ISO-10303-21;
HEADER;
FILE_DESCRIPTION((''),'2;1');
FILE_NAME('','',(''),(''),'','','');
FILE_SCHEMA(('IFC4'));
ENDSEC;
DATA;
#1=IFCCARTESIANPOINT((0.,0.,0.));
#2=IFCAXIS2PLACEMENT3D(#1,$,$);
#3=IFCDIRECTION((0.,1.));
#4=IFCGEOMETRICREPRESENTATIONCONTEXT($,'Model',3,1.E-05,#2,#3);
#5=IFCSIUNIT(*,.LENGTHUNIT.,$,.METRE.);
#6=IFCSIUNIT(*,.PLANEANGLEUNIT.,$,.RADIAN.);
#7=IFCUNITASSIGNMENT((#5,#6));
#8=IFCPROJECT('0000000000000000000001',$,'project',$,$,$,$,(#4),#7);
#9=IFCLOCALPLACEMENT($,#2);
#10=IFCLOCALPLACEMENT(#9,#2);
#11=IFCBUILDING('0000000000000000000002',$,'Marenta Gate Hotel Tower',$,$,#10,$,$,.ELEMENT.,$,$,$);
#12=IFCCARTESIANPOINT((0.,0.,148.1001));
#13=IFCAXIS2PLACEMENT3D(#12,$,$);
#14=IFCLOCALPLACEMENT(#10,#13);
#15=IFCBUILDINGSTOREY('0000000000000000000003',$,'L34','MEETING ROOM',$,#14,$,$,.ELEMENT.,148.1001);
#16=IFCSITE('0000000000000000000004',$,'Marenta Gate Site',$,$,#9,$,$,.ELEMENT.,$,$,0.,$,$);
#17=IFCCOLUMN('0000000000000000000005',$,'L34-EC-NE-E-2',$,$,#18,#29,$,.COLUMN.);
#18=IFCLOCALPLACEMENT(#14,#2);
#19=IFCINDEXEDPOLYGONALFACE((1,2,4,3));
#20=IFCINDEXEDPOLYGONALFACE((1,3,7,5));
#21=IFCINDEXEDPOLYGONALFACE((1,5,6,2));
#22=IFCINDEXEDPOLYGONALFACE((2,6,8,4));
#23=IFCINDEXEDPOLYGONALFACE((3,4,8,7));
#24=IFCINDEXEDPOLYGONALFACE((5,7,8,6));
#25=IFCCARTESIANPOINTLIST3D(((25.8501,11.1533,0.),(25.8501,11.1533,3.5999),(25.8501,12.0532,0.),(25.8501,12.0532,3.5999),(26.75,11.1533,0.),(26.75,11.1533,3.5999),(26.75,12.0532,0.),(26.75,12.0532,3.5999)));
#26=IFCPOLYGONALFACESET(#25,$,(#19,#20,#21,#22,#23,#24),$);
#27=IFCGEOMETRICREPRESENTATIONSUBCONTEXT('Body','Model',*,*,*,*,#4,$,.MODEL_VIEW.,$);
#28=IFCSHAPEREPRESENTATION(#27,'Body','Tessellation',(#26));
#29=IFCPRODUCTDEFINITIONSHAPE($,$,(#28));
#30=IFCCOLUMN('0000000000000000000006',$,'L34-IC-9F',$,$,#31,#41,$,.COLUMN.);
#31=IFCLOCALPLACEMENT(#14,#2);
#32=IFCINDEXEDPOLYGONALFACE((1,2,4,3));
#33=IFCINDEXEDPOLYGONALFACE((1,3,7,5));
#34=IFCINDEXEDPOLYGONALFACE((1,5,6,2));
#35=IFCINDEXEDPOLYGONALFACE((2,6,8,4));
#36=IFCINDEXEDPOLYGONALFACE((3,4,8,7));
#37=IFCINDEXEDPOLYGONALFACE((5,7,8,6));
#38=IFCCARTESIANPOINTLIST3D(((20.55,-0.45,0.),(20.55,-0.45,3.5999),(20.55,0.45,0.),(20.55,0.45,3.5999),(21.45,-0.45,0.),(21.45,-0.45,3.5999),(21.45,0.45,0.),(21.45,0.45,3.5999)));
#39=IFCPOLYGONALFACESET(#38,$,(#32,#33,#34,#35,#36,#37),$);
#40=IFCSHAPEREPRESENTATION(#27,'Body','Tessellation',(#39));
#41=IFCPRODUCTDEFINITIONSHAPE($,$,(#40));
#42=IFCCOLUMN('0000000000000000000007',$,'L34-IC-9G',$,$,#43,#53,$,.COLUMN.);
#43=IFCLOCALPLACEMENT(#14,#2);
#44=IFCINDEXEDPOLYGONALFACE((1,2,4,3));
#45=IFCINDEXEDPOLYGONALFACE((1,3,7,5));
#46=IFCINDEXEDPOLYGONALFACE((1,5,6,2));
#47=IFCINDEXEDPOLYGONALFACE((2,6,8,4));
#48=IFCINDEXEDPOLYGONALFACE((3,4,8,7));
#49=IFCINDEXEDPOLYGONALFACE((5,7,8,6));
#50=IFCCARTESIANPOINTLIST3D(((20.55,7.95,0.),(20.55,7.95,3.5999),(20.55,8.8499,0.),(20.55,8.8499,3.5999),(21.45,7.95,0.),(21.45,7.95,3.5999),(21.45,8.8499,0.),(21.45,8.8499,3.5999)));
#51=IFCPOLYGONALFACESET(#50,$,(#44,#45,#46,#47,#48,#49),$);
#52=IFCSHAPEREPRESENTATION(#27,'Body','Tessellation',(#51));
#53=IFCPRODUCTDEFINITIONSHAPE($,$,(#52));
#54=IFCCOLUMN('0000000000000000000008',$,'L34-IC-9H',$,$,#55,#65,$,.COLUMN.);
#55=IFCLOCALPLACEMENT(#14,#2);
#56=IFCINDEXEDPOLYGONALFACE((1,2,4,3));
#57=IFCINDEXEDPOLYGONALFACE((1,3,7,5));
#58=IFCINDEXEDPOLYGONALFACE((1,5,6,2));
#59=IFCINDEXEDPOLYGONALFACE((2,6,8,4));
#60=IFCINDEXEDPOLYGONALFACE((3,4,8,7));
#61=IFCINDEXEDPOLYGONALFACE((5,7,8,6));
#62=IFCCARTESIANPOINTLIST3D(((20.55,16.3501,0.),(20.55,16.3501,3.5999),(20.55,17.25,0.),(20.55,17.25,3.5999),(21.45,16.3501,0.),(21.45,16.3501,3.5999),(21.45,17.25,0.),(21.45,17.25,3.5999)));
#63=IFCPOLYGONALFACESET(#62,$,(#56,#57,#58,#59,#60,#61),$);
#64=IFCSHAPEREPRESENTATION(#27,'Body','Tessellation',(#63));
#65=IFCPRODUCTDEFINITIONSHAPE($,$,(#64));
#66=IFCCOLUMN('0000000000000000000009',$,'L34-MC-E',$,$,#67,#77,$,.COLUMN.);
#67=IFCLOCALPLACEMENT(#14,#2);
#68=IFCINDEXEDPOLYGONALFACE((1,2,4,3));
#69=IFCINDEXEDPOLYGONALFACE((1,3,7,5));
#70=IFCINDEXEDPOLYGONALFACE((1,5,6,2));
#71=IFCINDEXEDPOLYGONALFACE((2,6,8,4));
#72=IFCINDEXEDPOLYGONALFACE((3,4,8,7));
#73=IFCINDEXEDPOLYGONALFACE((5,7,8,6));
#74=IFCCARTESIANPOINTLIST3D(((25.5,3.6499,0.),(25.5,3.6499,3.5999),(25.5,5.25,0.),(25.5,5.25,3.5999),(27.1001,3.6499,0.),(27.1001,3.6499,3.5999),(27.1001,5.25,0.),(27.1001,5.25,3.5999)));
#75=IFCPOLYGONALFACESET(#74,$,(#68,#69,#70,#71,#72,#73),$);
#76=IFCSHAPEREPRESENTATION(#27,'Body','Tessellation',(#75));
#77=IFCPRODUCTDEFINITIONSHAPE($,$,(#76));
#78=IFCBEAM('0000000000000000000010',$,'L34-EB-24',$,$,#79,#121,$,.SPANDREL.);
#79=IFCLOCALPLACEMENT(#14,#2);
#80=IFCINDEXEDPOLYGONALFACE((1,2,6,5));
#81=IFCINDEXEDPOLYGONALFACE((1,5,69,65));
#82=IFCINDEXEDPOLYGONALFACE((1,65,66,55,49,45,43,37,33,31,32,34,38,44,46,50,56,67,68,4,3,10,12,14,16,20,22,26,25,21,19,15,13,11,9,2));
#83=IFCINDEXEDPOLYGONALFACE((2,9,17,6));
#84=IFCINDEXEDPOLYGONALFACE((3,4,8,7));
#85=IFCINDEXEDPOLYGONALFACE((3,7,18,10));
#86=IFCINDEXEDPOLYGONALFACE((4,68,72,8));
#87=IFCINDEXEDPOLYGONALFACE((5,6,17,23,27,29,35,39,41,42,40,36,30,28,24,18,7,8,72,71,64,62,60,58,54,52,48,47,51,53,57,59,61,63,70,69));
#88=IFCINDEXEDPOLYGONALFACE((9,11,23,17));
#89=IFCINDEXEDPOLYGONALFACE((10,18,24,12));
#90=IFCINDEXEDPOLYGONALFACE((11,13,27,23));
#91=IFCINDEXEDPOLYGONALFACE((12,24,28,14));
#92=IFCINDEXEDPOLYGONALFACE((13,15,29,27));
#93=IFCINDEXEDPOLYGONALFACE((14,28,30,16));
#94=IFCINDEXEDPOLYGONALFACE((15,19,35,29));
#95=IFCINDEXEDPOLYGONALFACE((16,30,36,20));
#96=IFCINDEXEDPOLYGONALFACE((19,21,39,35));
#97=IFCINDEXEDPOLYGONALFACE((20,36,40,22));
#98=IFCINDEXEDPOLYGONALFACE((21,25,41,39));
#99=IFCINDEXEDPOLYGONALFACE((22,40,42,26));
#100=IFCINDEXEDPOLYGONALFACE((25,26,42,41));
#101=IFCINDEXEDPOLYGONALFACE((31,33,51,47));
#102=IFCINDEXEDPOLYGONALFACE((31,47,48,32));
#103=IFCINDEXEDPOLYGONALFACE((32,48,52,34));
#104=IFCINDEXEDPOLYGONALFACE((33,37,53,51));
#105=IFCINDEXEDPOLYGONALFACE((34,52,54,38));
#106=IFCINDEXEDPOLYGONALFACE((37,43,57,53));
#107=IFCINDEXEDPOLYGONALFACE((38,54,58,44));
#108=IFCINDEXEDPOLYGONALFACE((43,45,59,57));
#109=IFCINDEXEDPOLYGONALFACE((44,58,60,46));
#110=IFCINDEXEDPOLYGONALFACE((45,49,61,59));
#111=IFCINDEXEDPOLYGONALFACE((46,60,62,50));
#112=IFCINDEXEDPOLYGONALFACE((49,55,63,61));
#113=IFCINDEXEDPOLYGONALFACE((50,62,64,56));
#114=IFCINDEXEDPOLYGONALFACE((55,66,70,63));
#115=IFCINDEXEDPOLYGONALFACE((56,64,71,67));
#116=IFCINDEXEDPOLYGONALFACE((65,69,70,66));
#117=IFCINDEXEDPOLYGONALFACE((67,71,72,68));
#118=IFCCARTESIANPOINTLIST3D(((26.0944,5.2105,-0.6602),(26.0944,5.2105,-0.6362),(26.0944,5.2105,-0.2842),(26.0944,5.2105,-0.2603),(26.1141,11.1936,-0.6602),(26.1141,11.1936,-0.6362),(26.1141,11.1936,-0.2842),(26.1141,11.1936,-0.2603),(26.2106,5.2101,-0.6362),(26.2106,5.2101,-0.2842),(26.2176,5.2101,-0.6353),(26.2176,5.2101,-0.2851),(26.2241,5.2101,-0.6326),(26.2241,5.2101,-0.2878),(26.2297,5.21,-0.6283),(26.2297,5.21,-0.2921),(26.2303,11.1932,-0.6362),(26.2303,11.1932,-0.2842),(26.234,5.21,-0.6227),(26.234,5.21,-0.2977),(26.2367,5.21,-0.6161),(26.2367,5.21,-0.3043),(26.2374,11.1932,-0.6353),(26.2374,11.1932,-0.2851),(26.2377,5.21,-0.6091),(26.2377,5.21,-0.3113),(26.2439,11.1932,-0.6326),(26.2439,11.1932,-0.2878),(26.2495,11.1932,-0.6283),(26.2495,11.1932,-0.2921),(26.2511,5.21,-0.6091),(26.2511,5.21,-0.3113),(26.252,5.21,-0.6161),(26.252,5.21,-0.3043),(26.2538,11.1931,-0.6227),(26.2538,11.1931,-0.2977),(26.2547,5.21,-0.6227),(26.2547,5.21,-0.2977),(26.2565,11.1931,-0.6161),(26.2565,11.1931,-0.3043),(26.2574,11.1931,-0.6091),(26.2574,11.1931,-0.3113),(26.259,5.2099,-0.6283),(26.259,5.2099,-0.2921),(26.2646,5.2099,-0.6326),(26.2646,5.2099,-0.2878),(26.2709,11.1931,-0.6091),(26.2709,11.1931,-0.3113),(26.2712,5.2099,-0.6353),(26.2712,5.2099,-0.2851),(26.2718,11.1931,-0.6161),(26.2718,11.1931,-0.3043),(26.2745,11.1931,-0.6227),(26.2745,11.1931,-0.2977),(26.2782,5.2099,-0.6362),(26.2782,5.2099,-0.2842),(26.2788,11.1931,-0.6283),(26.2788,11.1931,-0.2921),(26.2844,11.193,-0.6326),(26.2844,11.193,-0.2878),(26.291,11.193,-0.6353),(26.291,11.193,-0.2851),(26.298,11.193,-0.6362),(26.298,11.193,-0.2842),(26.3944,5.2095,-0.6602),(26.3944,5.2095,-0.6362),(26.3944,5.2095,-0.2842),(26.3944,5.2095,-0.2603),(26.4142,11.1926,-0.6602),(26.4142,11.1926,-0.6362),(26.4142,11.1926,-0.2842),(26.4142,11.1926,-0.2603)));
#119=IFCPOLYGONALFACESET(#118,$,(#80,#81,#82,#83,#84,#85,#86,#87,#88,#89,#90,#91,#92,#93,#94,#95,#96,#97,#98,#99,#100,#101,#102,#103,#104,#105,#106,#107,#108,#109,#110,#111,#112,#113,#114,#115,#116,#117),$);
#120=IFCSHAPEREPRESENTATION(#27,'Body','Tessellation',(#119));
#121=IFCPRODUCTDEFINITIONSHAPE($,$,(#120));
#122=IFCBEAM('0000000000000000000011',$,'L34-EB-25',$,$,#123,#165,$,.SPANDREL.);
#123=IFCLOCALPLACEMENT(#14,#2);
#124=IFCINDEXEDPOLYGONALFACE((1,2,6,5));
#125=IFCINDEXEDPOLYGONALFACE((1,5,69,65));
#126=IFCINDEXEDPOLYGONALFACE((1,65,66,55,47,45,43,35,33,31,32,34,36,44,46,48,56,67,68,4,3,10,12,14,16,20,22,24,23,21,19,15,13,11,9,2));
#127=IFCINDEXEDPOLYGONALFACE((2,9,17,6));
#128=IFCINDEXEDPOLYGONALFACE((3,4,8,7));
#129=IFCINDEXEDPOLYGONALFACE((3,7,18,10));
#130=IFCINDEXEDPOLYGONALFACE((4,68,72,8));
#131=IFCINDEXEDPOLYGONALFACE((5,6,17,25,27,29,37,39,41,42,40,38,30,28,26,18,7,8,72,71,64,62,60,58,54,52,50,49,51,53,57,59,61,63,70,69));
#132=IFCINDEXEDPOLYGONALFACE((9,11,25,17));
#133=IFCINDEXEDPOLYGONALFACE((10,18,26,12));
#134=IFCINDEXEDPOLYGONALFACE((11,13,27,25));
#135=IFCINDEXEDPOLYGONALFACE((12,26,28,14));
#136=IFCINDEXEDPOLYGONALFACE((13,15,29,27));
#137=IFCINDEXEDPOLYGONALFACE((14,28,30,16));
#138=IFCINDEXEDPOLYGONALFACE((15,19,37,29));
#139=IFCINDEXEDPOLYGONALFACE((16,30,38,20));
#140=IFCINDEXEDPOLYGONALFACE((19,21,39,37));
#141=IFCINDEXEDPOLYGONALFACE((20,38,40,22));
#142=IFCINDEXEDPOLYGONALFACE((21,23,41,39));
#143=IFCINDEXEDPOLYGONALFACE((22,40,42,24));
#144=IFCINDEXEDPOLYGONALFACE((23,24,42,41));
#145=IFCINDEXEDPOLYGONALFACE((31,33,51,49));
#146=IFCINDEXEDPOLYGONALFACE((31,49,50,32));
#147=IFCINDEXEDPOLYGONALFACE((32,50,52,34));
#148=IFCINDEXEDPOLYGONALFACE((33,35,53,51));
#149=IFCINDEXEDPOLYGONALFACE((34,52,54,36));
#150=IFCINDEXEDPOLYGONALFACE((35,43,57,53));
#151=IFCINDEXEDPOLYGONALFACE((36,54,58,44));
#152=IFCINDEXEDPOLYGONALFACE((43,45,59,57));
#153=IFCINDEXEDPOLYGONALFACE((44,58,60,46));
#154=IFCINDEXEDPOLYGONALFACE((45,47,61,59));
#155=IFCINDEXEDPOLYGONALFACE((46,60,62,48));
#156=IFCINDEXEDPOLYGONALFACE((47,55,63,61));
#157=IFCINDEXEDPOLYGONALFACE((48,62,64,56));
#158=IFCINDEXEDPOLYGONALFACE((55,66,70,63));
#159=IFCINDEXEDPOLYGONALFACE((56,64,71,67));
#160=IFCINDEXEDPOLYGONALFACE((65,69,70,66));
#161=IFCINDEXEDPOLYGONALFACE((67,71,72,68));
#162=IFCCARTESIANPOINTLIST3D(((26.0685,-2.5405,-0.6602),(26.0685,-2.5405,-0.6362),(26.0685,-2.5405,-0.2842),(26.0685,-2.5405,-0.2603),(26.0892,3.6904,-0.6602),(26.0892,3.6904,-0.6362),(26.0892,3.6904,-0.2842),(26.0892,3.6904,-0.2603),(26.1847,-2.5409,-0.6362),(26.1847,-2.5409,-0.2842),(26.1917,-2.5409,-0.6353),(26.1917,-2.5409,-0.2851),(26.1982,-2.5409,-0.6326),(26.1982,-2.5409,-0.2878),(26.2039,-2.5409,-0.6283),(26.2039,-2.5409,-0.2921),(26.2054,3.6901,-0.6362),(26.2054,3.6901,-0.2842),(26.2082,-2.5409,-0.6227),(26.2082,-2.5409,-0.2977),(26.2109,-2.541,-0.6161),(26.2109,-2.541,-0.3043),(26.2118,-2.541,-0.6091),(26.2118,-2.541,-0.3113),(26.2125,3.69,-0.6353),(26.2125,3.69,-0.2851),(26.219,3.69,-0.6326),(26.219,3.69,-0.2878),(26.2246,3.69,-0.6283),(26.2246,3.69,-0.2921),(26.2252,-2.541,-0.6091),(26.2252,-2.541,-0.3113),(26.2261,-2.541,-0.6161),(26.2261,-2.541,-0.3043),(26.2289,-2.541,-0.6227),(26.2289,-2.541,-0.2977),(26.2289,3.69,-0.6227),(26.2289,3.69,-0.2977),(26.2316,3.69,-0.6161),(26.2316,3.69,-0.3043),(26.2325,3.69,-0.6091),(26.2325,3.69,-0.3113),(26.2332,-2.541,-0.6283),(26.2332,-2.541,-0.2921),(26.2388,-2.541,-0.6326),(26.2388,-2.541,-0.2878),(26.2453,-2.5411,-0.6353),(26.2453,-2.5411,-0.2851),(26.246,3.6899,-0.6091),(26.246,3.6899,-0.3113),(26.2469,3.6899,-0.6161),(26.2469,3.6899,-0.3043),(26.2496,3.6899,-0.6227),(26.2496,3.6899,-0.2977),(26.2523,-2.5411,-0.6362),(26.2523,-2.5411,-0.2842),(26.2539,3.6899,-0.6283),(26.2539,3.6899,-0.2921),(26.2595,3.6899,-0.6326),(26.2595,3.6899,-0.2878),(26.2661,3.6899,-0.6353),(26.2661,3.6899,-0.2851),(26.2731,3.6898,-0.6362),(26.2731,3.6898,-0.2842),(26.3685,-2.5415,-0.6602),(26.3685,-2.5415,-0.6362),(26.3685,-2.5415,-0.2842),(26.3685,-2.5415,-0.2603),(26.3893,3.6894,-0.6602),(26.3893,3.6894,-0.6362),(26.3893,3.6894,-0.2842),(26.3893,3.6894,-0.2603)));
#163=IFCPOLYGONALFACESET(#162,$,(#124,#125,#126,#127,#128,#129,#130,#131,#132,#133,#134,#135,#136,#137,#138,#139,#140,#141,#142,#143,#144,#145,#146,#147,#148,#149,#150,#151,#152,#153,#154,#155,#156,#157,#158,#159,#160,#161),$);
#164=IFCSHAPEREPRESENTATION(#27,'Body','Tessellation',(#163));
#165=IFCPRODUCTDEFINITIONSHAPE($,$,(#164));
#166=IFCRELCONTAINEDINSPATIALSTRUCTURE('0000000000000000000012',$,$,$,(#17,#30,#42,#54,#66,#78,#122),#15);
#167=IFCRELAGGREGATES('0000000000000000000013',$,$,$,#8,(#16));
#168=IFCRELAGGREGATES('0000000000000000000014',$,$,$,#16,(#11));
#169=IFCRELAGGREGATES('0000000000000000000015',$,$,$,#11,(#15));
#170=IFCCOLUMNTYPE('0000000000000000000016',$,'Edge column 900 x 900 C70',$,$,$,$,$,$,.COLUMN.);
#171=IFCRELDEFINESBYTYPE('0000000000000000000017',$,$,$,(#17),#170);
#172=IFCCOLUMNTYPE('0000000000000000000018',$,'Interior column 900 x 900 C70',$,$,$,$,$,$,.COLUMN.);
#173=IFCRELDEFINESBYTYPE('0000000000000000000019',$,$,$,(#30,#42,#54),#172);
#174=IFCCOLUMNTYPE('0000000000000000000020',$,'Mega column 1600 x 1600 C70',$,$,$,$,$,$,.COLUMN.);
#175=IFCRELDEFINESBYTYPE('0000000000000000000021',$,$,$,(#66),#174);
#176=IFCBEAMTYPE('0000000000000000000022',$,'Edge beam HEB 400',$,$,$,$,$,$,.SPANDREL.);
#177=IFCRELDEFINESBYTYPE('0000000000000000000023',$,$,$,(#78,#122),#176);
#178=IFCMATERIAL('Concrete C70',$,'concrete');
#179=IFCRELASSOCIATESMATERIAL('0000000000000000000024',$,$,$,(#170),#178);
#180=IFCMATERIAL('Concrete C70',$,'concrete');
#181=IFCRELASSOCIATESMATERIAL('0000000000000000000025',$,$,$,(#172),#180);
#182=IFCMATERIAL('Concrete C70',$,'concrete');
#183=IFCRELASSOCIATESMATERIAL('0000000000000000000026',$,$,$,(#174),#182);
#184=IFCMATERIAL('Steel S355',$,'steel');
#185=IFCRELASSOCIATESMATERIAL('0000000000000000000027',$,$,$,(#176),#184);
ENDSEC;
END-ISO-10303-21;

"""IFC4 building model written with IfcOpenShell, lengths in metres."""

from ifc_helpers import new_model, si_unit, direction, frame, origin, origin_2d, place, context, subcontext, project, spatial, rectangle, i_section, extrude, material, material_profile, profile_set, type_object, element, save


model = new_model("IFC4")

# Units and contexts
model_context = context("Model", 3, precision=1e-05, world=origin(), true_north=direction((0.0, 1.0)))
body_context = subcontext(model_context, "Body", "Model", "MODEL_VIEW")
ifc_project = project(units=[si_unit("LENGTHUNIT", "METRE"), si_unit("PLANEANGLEUNIT", "RADIAN")], contexts=[model_context])

# Site, building, storey
site_placement = place(None, origin())
site = spatial("IfcSite", under=ifc_project, at=site_placement, Name="Marenta Gate Site", CompositionType="ELEMENT", RefElevation=0.0)
building_placement = place(site_placement, origin())
building = spatial("IfcBuilding", under=site, at=building_placement, Name="Marenta Gate Hotel Tower", CompositionType="ELEMENT")
storey_placement = place(building_placement, frame((0.0, 0.0, 148.1001)))
storey = spatial("IfcBuildingStorey", under=building, at=storey_placement, Name="L34", Description="MEETING ROOM", CompositionType="ELEMENT", Elevation=148.1001)

# Columns
ifc_material_1 = material(Name="Concrete C70", Category="concrete")
ifc_material_profile_1 = material_profile(ifc_material_1, rectangle(XDim=0.8999, YDim=0.8999, at=origin_2d()), Name="900 x 900")
ifc_profile_set_1 = profile_set([ifc_material_profile_1], Name="Concrete C70")
column_type_1 = type_object("IfcColumnType", Name="Edge column 900 x 900 C70", PredefinedType="COLUMN", material=ifc_profile_set_1)
column_1_placement = place(storey_placement, frame((26.3, 11.6033, 0.0), z_axis=(0.0, 0.0, 1.0), x_axis=(1.0, 0.0, 0.0)))
element("IfcColumn", 1, at=column_1_placement, inside=storey, type_object=column_type_1, Name="L34-EC-NE-E-2", PredefinedType="COLUMN", context=body_context, shape_type="SweptSolid", body=[
    extrude(rectangle(XDim=0.8999, YDim=0.8999, at=origin_2d()), origin(), (0.0, 0.0, 1.0), 3.5999),
])
ifc_material_2 = material(Name="Concrete C70", Category="concrete")
ifc_material_profile_2 = material_profile(ifc_material_2, rectangle(XDim=0.8999, YDim=0.8999, at=origin_2d()), Name="900 x 900")
ifc_profile_set_2 = profile_set([ifc_material_profile_2], Name="Concrete C70")
column_type_2 = type_object("IfcColumnType", Name="Interior column 900 x 900 C70", PredefinedType="COLUMN", material=ifc_profile_set_2)
for number, where, z_axis, x_axis, name in (
    (2, (21.0, 0.0, 0.0), (0.0, 0.0, 1.0), (1.0, 0.0, 0.0), "L34-IC-9F"),
    (3, (21.0, 8.3999, 0.0), (0.0, 0.0, 1.0), (1.0, 0.0, 0.0), "L34-IC-9G"),
    (4, (21.0, 16.8, 0.0), (0.0, 0.0, 1.0), (1.0, 0.0, 0.0), "L34-IC-9H"),
):
    element("IfcColumn", number, at=place(storey_placement, frame(where, z_axis=z_axis, x_axis=x_axis)), inside=storey, type_object=column_type_2, Name=name, PredefinedType="COLUMN", context=body_context, shape_type="SweptSolid", body=[
        extrude(rectangle(XDim=0.8999, YDim=0.8999, at=origin_2d()), origin(), (0.0, 0.0, 1.0), 3.5999),
    ])
ifc_material_3 = material(Name="Concrete C70", Category="concrete")
ifc_material_profile_3 = material_profile(ifc_material_3, rectangle(XDim=1.6001, YDim=1.6001, at=origin_2d()), Name="1600 x 1600")
ifc_profile_set_3 = profile_set([ifc_material_profile_3], Name="Concrete C70")
column_type_3 = type_object("IfcColumnType", Name="Mega column 1600 x 1600 C70", PredefinedType="COLUMN", material=ifc_profile_set_3)
column_2_placement = place(storey_placement, frame((26.3, 4.45, 0.0), z_axis=(0.0, 0.0, 1.0), x_axis=(1.0, 0.0, 0.0)))
element("IfcColumn", 5, at=column_2_placement, inside=storey, type_object=column_type_3, Name="L34-MC-E", PredefinedType="COLUMN", context=body_context, shape_type="SweptSolid", body=[
    extrude(rectangle(XDim=1.6001, YDim=1.6001, at=origin_2d()), origin(), (0.0, 0.0, 1.0), 3.5999),
])

# Beams
ifc_material_4 = material(Name="Steel S355", Category="steel")
ifc_material_profile_4 = material_profile(ifc_material_4, i_section(OverallWidth=0.3, OverallDepth=0.3999, WebThickness=0.0134, FlangeThickness=0.0239, FilletRadius=0.0271, at=origin_2d()), Name="HEB 400")
ifc_profile_set_4 = profile_set([ifc_material_profile_4], Name="Steel S355")
beam_type_1 = type_object("IfcBeamType", Name="Edge beam HEB 400", PredefinedType="SPANDREL", material=ifc_profile_set_4)
beam_1_placement = place(storey_placement, frame((26.2642, 11.1931, -0.4602), z_axis=(-0.003305, -0.999995, 0.0), x_axis=(0.999995, -0.003305, 0.0)))
element("IfcBeam", 6, at=beam_1_placement, inside=storey, type_object=beam_type_1, Name="L34-EB-24", PredefinedType="SPANDREL", context=body_context, shape_type="SweptSolid", body=[
    extrude(i_section(OverallWidth=0.3, OverallDepth=0.3999, WebThickness=0.0134, FlangeThickness=0.0239, FilletRadius=0.0271, at=origin_2d()), origin(), (0.0, 0.0, 1.0), 5.9832),
])
beam_2_placement = place(storey_placement, frame((26.2393, 3.6899, -0.4602), z_axis=(-0.00333, -0.999994, 0.0), x_axis=(0.999994, -0.00333, 0.0)))
element("IfcBeam", 7, at=beam_2_placement, inside=storey, type_object=beam_type_1, Name="L34-EB-25", PredefinedType="SPANDREL", context=body_context, shape_type="SweptSolid", body=[
    extrude(i_section(OverallWidth=0.3, OverallDepth=0.3999, WebThickness=0.0134, FlangeThickness=0.0239, FilletRadius=0.0271, at=origin_2d()), origin(), (0.0, 0.0, 1.0), 6.231),
])

save(model, "model.ifc")
